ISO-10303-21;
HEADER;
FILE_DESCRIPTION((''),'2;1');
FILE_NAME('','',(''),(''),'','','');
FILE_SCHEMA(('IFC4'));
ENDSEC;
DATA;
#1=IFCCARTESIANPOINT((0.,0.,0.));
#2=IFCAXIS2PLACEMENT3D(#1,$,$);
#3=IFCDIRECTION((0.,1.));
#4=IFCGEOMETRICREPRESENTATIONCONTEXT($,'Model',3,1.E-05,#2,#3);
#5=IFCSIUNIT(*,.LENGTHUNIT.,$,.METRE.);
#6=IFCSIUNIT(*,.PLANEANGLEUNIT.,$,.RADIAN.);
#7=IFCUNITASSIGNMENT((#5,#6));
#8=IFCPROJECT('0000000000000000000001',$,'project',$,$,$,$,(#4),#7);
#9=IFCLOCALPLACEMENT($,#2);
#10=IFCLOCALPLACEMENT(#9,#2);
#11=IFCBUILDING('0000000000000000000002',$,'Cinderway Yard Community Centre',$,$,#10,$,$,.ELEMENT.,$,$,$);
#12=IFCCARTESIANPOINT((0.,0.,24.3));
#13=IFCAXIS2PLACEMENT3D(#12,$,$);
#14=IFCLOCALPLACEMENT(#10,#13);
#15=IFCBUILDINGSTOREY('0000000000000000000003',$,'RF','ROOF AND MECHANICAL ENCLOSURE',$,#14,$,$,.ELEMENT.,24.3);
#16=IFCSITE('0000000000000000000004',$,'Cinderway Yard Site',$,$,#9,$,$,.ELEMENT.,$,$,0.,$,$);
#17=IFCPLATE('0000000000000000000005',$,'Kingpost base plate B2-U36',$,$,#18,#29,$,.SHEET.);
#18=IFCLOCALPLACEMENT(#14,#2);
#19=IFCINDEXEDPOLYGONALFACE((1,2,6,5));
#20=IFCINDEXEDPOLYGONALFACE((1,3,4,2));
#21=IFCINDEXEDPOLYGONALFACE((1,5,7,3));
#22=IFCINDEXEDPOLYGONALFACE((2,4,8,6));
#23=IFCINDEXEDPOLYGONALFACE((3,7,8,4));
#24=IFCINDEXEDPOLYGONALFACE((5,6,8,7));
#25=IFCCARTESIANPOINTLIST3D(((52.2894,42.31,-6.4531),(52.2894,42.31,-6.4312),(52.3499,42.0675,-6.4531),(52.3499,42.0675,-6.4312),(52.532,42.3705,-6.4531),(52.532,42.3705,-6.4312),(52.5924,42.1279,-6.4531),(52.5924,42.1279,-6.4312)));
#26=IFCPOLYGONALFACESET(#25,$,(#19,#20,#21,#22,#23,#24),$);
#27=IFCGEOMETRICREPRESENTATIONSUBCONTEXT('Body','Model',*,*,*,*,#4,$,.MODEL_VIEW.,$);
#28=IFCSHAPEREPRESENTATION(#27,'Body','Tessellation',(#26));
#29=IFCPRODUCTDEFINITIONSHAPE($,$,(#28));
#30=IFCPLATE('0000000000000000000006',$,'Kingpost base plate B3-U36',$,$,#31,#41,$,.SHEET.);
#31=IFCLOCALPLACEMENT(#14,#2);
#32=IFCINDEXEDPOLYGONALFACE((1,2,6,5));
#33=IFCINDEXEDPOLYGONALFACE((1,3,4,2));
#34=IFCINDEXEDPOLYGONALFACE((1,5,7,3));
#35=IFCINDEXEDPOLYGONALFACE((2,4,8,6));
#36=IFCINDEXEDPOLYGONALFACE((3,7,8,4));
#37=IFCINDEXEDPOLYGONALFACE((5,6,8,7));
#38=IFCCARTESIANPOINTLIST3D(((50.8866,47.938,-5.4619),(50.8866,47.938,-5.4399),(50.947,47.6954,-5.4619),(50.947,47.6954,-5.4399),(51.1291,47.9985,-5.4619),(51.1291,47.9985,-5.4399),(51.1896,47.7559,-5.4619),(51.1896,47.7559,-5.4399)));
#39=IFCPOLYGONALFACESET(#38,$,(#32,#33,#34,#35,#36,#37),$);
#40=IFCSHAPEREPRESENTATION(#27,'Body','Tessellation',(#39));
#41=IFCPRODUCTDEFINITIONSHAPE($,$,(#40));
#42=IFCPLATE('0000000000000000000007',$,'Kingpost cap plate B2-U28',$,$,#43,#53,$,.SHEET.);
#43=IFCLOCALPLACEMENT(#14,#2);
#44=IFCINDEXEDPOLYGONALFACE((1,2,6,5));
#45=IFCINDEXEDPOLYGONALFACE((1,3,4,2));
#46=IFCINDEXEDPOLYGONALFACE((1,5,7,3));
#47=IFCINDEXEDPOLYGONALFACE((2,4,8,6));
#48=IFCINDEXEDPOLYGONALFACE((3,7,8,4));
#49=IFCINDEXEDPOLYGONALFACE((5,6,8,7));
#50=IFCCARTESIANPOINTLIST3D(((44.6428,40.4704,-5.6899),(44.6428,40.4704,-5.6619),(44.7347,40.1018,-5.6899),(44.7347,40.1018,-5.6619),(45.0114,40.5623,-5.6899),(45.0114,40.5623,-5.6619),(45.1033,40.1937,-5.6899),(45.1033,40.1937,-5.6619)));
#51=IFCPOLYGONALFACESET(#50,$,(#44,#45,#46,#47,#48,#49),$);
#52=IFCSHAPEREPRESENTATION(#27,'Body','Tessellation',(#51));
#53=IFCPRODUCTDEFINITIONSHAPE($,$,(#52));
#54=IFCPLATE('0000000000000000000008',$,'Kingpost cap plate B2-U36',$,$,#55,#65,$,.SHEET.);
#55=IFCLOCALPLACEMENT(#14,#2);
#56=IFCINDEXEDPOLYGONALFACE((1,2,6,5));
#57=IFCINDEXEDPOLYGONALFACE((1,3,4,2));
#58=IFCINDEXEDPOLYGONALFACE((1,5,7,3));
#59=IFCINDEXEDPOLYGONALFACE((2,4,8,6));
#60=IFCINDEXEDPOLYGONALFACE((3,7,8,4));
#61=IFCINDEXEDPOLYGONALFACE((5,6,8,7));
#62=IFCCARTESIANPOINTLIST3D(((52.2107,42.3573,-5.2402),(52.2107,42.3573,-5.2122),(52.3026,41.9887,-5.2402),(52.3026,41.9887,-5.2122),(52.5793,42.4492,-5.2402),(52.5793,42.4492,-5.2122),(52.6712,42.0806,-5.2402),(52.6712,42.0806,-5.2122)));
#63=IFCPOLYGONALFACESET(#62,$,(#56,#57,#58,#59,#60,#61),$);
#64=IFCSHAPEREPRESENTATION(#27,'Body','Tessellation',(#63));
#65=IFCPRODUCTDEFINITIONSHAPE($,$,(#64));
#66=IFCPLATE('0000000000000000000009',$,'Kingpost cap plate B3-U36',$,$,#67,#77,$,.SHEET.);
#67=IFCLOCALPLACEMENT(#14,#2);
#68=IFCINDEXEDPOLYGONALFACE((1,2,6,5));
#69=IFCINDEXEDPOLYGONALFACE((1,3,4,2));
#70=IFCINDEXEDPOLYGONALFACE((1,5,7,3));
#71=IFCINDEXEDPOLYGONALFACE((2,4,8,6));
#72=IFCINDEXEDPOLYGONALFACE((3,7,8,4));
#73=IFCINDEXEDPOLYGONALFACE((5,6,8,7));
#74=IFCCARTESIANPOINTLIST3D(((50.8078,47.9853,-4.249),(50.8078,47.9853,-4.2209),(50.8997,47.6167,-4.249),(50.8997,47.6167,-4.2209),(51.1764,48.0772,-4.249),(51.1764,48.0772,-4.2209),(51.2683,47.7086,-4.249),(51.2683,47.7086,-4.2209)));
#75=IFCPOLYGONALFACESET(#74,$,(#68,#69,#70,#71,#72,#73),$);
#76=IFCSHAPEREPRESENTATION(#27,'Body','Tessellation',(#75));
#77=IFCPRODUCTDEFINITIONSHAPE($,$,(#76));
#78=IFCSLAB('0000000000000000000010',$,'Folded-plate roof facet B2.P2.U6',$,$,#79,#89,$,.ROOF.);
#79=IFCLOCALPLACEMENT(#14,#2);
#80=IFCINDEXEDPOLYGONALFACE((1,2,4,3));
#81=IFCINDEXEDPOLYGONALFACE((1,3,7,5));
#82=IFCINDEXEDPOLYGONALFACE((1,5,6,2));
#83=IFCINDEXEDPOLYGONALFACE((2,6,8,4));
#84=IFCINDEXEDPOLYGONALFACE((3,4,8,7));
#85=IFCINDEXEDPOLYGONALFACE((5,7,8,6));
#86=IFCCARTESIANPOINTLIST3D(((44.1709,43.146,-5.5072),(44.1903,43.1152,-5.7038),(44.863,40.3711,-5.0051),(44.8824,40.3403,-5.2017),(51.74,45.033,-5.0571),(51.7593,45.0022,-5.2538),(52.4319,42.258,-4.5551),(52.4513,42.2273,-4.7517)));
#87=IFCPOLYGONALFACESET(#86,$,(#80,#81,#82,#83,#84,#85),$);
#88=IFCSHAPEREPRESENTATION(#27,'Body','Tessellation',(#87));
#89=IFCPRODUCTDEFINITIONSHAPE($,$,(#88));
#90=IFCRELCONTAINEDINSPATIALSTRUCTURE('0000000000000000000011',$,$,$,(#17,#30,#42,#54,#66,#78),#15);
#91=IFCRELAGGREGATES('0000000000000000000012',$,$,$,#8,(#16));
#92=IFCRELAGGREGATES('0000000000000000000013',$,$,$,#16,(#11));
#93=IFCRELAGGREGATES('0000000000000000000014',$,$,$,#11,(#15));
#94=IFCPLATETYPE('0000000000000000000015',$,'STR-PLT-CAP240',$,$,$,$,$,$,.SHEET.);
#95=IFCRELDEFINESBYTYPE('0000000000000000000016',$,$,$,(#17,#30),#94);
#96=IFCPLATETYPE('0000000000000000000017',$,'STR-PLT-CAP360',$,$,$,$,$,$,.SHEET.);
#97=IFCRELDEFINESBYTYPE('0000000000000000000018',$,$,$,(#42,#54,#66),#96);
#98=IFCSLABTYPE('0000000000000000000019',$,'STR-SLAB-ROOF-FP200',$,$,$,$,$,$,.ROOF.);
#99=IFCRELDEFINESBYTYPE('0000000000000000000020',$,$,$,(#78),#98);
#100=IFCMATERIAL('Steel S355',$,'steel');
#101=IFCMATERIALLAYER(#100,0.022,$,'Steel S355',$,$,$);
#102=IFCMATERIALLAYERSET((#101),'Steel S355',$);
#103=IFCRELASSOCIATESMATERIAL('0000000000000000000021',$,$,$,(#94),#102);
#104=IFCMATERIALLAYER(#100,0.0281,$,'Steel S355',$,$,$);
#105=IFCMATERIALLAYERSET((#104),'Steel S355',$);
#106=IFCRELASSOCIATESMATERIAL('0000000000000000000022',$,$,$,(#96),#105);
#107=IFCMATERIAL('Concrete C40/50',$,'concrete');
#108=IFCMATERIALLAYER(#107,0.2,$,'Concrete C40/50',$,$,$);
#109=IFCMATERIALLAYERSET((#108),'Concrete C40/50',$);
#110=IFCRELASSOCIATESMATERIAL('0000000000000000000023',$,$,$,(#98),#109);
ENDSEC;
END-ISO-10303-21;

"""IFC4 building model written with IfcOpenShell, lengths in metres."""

from ifc_helpers import new_model, si_unit, direction, frame, origin, origin_2d, place, context, subcontext, project, spatial, polyline, rectangle, outline, extrude, material, layer, layer_set, type_object, element, save


model = new_model("IFC4")

# Units and contexts
model_context = context("Model", 3, precision=1e-05, world=origin(), true_north=direction((0.0, 1.0)))
body_context = subcontext(model_context, "Body", "Model", "MODEL_VIEW")
ifc_project = project(units=[si_unit("LENGTHUNIT", "METRE"), si_unit("PLANEANGLEUNIT", "RADIAN")], contexts=[model_context])

# Site, building, storey
site_placement = place(None, origin())
site = spatial("IfcSite", under=ifc_project, at=site_placement, Name="Cinderway Yard Site", CompositionType="ELEMENT", RefElevation=0.0)
building_placement = place(site_placement, origin())
building = spatial("IfcBuilding", under=site, at=building_placement, Name="Cinderway Yard Community Centre", CompositionType="ELEMENT")
storey_placement = place(building_placement, frame((0.0, 0.0, 24.3)))
storey = spatial("IfcBuildingStorey", under=building, at=storey_placement, Name="RF", Description="ROOF AND MECHANICAL ENCLOSURE", CompositionType="ELEMENT", Elevation=24.3)

# Shared definitions
ifc_material_1 = material(Name="Steel S355", Category="steel")

# Plates
ifc_layer_1 = layer(ifc_material_1, 0.022, Name="Steel S355")
ifc_layer_set_1 = layer_set([ifc_layer_1], Name="Steel S355")
plate_type_1 = type_object("IfcPlateType", Name="STR-PLT-CAP240", PredefinedType="SHEET", material=ifc_layer_set_1)
for number, where, z_axis, x_axis, name in (
    (1, (52.4409, 42.219, -6.4531), (0.0, 0.0, 1.0), (0.970296, 0.241922, 0.0), "Kingpost base plate B2-U36"),
    (2, (51.0381, 47.8469, -5.4619), (0.0, 0.0, 1.0), (0.970296, 0.241922, 0.0), "Kingpost base plate B3-U36"),
):
    element("IfcPlate", number, at=place(storey_placement, frame(where, z_axis=z_axis, x_axis=x_axis)), inside=storey, type_object=plate_type_1, Name=name, PredefinedType="SHEET", context=body_context, shape_type="SweptSolid", body=[
        extrude(rectangle(XDim=0.25, YDim=0.25, at=origin_2d()), origin(), (0.0, 0.0, 1.0), 0.022),
    ])
ifc_layer_2 = layer(ifc_material_1, 0.0281, Name="Steel S355")
ifc_layer_set_2 = layer_set([ifc_layer_2], Name="Steel S355")
plate_type_2 = type_object("IfcPlateType", Name="STR-PLT-CAP360", PredefinedType="SHEET", material=ifc_layer_set_2)
for number, where, z_axis, x_axis, name in (
    (3, (44.873, 40.332, -5.6899), (0.0, 0.0, 1.0), (0.970296, 0.241922, 0.0), "Kingpost cap plate B2-U28"),
    (4, (52.4409, 42.219, -5.2402), (0.0, 0.0, 1.0), (0.970296, 0.241922, 0.0), "Kingpost cap plate B2-U36"),
    (5, (51.0381, 47.8469, -4.249), (0.0, 0.0, 1.0), (0.970296, 0.241922, 0.0), "Kingpost cap plate B3-U36"),
):
    element("IfcPlate", number, at=place(storey_placement, frame(where, z_axis=z_axis, x_axis=x_axis)), inside=storey, type_object=plate_type_2, Name=name, PredefinedType="SHEET", context=body_context, shape_type="SweptSolid", body=[
        extrude(rectangle(XDim=0.3799, YDim=0.3799, at=origin_2d()), origin(), (0.0, 0.0, 1.0), 0.0281),
    ])

# Slab
ifc_material_2 = material(Name="Concrete C40/50", Category="concrete")
ifc_layer_3 = layer(ifc_material_2, 0.2, Name="Concrete C40/50")
ifc_layer_set_3 = layer_set([ifc_layer_3], Name="Concrete C40/50")
slab_type = type_object("IfcSlabType", Name="STR-SLAB-ROOF-FP200", PredefinedType="ROOF", material=ifc_layer_set_3)
slab_placement = place(storey_placement, frame((44.863, 40.3711, -5.0051), z_axis=(-0.09681, 0.153779, 0.983351), x_axis=(0.96869, 0.241498, 0.057601)))
element("IfcSlab", 6, at=slab_placement, inside=storey, type_object=slab_type, Name="Folded-plate roof facet B2.P2.U6", PredefinedType="ROOF", context=body_context, shape_type="SweptSolid", body=[
    extrude(outline(polyline([(0.0, 0.0), (7.8135, 0.0), (7.7845, 2.9035), (-0.0292, 2.9035), (0.0, 0.0)])), origin(), (0.0, 0.0, -1.0), 0.2),
])

save(model, "model.ifc")
